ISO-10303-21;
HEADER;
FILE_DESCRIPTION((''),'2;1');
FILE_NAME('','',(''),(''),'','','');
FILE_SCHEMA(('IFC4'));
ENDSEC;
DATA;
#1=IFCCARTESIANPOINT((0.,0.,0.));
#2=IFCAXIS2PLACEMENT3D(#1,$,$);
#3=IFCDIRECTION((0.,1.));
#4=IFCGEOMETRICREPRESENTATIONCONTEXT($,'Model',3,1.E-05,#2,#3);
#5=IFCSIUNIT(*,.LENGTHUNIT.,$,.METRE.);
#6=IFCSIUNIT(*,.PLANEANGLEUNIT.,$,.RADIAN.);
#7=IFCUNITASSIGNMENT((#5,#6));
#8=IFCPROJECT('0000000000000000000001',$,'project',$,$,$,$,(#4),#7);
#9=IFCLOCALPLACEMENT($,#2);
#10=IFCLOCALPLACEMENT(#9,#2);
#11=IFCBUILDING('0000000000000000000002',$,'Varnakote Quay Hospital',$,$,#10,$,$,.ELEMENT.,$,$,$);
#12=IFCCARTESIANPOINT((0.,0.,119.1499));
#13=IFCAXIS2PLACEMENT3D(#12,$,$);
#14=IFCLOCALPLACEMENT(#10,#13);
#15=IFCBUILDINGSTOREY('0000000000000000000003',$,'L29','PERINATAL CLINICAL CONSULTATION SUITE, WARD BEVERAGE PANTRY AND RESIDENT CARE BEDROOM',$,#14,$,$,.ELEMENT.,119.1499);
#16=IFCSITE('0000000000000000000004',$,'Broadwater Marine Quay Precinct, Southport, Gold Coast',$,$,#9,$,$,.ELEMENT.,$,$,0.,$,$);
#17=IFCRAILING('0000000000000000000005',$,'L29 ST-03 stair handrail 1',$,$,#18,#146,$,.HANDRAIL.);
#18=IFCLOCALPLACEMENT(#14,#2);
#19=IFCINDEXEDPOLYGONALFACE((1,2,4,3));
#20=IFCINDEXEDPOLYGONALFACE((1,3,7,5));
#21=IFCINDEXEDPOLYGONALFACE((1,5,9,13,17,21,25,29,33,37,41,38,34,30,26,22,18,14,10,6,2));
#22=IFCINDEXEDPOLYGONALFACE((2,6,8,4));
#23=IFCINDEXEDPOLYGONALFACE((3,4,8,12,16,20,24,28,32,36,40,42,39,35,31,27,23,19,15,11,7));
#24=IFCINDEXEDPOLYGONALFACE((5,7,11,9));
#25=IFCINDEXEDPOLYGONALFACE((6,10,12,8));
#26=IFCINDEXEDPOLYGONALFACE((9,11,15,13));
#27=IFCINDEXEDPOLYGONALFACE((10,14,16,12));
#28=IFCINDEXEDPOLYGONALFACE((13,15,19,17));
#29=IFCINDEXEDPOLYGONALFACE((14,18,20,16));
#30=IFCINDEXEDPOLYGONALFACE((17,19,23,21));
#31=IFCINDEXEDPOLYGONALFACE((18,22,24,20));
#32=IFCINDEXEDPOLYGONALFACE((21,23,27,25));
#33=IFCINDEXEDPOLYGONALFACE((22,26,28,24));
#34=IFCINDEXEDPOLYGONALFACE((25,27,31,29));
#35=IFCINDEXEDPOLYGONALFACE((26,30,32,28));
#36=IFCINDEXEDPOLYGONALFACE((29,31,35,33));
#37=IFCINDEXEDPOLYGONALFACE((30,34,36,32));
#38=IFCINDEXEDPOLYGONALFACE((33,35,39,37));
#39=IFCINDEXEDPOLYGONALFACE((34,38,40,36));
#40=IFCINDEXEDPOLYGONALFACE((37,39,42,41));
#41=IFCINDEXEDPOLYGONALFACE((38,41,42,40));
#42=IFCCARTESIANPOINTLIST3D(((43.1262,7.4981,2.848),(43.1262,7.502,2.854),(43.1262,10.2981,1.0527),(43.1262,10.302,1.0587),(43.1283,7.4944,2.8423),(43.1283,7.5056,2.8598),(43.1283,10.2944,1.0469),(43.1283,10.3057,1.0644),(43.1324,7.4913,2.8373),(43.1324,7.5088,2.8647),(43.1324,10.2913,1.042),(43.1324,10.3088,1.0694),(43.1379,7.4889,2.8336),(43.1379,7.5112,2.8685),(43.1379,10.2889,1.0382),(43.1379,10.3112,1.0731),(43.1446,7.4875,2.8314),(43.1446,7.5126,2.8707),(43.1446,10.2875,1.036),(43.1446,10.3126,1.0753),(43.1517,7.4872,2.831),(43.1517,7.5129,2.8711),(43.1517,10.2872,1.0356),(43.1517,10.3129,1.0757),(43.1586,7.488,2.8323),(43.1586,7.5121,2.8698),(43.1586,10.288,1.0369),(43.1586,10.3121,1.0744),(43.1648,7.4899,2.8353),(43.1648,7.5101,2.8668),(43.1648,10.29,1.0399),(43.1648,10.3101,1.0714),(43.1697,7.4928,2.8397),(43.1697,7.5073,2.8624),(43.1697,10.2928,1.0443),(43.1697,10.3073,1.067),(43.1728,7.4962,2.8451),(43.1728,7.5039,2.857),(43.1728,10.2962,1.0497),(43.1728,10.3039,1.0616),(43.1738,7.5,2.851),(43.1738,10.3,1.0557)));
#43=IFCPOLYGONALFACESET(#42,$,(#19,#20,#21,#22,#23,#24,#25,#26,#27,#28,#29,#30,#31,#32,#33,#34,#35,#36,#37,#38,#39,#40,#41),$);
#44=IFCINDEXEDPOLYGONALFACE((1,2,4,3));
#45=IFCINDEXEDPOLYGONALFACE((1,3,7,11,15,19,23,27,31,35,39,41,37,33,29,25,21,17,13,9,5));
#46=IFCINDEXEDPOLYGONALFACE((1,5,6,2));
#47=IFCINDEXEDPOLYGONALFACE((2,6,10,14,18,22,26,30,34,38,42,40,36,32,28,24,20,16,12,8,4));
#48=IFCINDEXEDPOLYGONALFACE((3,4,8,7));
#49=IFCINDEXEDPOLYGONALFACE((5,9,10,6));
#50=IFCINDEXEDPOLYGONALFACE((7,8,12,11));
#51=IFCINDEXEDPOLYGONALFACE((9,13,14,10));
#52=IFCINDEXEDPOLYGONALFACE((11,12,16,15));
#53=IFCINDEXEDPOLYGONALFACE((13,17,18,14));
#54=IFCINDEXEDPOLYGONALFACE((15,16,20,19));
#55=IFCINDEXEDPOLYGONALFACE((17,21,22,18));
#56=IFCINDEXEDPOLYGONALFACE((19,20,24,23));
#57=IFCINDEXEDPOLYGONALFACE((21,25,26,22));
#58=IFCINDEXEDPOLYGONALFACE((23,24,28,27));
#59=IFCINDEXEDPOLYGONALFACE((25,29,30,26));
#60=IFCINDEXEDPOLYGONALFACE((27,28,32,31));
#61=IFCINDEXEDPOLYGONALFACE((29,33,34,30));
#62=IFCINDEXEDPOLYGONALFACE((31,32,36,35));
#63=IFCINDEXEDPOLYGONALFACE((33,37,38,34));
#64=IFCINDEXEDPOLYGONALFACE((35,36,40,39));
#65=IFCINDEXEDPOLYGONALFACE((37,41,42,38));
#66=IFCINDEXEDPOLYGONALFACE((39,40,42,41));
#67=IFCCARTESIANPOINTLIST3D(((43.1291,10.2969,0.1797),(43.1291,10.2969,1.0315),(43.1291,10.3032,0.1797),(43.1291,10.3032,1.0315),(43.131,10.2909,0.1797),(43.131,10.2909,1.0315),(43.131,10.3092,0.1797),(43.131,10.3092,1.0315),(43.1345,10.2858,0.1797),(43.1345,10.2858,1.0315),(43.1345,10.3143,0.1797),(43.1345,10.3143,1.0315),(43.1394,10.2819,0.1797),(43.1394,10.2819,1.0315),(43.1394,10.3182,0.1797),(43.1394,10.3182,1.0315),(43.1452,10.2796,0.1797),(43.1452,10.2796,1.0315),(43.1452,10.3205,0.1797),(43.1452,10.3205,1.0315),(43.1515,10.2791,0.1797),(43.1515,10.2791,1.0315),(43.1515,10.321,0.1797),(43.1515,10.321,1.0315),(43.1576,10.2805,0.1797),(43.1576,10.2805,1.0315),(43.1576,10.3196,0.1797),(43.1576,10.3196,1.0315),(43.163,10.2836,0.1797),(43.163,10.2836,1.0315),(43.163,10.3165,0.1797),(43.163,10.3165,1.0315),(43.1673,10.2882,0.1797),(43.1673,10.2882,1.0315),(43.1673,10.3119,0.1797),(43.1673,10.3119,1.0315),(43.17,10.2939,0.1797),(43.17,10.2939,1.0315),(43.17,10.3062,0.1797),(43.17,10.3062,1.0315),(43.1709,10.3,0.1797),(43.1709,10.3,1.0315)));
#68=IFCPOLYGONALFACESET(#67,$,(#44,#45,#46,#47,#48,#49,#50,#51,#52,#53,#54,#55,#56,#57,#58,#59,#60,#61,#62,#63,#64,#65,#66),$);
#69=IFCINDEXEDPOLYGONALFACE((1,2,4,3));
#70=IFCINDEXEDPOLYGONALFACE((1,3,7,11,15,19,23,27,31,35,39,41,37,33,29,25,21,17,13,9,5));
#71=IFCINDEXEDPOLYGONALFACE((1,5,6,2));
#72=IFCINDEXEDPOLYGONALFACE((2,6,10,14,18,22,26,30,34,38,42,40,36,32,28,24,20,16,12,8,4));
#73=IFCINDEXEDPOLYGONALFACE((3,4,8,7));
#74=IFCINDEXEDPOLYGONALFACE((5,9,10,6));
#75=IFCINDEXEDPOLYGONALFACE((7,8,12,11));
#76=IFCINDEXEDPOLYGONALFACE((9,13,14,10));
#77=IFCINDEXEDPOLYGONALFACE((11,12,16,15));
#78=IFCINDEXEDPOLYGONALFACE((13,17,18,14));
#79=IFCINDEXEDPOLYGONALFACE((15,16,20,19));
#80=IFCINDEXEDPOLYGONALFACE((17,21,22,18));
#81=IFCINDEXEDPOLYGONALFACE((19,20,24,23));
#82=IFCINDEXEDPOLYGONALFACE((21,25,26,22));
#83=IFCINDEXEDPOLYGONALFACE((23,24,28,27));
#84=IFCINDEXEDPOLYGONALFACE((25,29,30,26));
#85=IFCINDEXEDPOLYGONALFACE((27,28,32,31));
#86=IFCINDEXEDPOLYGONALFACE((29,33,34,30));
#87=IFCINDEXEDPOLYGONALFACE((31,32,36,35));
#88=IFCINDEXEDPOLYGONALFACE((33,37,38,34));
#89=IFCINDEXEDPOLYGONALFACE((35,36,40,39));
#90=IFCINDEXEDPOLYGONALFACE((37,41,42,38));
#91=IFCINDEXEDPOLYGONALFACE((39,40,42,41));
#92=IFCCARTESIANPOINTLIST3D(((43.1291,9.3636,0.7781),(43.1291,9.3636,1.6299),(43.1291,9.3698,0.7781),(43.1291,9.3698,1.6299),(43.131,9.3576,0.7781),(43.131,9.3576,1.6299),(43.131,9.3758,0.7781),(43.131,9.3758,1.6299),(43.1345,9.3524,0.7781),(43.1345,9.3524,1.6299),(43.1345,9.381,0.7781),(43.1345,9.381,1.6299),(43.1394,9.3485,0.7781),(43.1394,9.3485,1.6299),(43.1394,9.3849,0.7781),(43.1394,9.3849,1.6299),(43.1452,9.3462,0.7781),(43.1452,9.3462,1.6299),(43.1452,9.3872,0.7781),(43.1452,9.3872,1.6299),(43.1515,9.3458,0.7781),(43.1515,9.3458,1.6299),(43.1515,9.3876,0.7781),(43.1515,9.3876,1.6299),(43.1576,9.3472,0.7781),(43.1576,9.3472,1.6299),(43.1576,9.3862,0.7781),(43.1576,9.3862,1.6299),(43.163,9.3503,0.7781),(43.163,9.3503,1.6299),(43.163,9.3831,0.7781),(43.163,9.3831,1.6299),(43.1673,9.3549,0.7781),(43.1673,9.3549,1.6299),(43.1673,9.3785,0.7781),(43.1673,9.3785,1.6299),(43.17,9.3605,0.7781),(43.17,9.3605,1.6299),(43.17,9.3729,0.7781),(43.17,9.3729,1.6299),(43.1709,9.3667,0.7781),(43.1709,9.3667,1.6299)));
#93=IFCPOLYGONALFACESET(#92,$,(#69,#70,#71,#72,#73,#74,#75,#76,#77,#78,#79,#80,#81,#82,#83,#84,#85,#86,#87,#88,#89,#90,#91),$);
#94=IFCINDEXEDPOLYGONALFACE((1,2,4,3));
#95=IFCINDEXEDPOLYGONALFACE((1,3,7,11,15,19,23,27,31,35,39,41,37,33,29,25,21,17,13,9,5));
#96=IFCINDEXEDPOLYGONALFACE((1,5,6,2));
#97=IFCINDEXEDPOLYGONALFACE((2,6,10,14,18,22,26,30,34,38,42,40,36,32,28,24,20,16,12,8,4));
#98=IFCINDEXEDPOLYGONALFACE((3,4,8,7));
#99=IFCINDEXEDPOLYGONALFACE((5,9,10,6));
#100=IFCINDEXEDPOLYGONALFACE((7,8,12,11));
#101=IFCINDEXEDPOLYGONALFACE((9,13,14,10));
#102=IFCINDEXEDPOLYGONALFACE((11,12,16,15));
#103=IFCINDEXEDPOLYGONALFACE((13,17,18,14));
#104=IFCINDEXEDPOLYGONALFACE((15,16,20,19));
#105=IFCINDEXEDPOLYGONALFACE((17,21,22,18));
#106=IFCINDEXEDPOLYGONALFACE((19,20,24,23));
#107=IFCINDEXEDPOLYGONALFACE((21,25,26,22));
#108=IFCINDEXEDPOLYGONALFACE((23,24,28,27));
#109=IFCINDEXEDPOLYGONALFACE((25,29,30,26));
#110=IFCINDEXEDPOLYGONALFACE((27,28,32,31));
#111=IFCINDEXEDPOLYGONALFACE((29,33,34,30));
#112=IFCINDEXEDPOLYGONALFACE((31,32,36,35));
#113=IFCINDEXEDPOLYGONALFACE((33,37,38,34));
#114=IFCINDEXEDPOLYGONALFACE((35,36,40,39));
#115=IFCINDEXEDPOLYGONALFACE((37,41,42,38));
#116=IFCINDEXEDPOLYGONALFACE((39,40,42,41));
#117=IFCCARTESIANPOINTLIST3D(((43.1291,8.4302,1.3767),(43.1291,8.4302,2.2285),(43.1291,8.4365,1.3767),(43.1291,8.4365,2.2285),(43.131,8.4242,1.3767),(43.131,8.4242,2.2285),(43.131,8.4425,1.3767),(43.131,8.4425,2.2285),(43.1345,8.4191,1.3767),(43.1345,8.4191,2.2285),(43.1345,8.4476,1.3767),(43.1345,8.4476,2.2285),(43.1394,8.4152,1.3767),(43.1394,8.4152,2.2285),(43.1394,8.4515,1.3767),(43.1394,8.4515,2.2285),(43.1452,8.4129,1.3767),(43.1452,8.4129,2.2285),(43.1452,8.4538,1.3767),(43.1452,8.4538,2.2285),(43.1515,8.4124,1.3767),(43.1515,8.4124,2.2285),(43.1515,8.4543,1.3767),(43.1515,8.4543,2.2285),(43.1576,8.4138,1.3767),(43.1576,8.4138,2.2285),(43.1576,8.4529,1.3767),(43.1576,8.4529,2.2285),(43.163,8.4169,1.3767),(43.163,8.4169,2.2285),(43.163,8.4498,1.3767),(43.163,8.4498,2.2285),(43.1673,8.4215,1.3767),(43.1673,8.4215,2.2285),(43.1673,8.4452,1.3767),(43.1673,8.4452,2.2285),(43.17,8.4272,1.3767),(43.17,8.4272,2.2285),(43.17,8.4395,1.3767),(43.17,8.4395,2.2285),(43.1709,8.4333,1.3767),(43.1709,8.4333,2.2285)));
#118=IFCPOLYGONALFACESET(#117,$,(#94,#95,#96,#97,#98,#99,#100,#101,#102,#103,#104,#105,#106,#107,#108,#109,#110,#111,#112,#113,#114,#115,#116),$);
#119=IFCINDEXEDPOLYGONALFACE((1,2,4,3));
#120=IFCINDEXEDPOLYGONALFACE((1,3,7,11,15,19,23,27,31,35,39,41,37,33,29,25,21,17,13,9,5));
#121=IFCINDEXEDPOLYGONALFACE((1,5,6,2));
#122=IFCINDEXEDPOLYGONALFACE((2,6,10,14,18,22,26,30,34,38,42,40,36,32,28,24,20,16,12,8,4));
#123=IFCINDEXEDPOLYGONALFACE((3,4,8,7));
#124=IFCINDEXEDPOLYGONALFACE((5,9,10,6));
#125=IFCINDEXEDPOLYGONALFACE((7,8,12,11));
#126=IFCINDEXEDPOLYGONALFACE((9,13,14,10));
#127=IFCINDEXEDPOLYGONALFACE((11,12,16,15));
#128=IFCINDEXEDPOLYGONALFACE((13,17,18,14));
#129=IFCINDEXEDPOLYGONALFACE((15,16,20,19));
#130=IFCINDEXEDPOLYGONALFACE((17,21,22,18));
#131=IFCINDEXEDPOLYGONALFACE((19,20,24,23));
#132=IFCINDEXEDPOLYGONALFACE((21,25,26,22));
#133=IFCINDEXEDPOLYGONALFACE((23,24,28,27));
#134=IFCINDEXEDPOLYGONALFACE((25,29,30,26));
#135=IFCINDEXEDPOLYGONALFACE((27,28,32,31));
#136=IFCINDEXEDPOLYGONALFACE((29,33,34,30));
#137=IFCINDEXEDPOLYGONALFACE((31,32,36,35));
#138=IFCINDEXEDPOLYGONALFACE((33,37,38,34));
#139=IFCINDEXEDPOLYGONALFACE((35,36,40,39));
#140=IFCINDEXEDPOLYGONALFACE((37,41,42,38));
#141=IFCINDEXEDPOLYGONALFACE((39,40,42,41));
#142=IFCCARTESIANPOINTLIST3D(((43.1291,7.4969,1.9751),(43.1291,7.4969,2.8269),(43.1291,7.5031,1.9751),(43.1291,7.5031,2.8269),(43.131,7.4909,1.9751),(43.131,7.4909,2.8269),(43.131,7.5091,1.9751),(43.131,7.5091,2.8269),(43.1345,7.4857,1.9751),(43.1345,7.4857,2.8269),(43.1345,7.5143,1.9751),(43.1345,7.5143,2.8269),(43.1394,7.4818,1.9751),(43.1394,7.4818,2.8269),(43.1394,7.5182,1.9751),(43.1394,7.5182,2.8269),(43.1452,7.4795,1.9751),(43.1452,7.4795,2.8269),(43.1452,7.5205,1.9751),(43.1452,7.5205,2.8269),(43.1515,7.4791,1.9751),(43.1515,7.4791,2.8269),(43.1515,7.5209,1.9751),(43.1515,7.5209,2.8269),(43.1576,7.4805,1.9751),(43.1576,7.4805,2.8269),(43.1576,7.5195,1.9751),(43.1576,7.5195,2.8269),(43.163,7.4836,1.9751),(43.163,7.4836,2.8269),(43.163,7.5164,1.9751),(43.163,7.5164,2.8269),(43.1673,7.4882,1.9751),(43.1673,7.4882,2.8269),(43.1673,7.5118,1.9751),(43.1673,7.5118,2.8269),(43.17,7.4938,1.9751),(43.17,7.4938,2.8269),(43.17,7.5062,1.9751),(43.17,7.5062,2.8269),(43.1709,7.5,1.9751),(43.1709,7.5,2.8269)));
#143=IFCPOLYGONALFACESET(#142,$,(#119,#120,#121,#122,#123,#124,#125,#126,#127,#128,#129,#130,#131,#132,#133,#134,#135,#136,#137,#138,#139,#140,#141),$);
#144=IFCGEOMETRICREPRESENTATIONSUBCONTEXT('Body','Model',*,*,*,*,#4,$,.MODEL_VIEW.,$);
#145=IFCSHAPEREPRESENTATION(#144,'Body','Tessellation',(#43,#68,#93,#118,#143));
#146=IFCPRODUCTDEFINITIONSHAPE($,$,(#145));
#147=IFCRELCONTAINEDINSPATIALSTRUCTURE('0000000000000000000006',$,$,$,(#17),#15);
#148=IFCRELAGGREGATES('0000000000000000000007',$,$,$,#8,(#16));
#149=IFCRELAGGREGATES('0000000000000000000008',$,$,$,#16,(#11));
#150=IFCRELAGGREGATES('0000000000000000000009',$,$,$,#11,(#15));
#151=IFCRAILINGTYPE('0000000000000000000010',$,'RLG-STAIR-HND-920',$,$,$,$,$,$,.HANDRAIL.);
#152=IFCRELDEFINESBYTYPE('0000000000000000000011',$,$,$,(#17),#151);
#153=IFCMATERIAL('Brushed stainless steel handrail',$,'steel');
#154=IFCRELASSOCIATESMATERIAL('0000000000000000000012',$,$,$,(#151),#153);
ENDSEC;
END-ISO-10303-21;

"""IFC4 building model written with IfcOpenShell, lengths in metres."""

from ifc_helpers import new_model, si_unit, direction, frame, origin, origin_2d, place, context, subcontext, project, spatial, circle, extrude, material, type_object, element, save


model = new_model("IFC4")

# Units and contexts
model_context = context("Model", 3, precision=1e-05, world=origin(), true_north=direction((0.0, 1.0)))
body_context = subcontext(model_context, "Body", "Model", "MODEL_VIEW")
ifc_project = project(units=[si_unit("LENGTHUNIT", "METRE"), si_unit("PLANEANGLEUNIT", "RADIAN")], contexts=[model_context])

# Site, building, storey
site_placement = place(None, origin())
site = spatial("IfcSite", under=ifc_project, at=site_placement, Name="Broadwater Marine Quay Precinct, Southport, Gold Coast", CompositionType="ELEMENT", RefElevation=0.0)
building_placement = place(site_placement, origin())
building = spatial("IfcBuilding", under=site, at=building_placement, Name="Varnakote Quay Hospital", CompositionType="ELEMENT")
storey_placement = place(building_placement, frame((0.0, 0.0, 119.1499)))
storey = spatial("IfcBuildingStorey", under=building, at=storey_placement, Name="L29", Description="PERINATAL CLINICAL CONSULTATION SUITE, WARD BEVERAGE PANTRY AND RESIDENT CARE BEDROOM", CompositionType="ELEMENT", Elevation=119.1499)

# Railing
ifc_material_1 = material(Name="Brushed stainless steel handrail", Category="steel")
railing_type_1 = type_object("IfcRailingType", Name="RLG-STAIR-HND-920", PredefinedType="HANDRAIL", material=ifc_material_1)
railing_1_placement = place(storey_placement, frame((43.1499, 10.3, 0.1797)))
element("IfcRailing", 1, at=railing_1_placement, inside=storey, type_object=railing_type_1, Name="L29 ST-03 stair handrail 1", PredefinedType="HANDRAIL", context=body_context, shape_type="SweptSolid", body=[
    extrude(circle(Radius=0.0239, at=origin_2d()), frame((0.0, 0.0, 0.876), z_axis=(0.0, -0.84181, 0.539774), x_axis=(1.0, 0.0, 0.0)), (0.0, 0.0, 1.0), 3.3262),
    extrude(circle(Radius=0.021, at=origin_2d()), origin(), (0.0, 0.0, 1.0), 0.8518),
    extrude(circle(Radius=0.021, at=origin_2d()), frame((0.0, -0.9333, 0.5984)), (0.0, 0.0, 1.0), 0.8518),
    extrude(circle(Radius=0.021, at=origin_2d()), frame((0.0, -1.8667, 1.197)), (0.0, 0.0, 1.0), 0.8518),
    extrude(circle(Radius=0.021, at=origin_2d()), frame((0.0, -2.8, 1.7954)), (0.0, 0.0, 1.0), 0.8518),
])

save(model, "model.ifc")
